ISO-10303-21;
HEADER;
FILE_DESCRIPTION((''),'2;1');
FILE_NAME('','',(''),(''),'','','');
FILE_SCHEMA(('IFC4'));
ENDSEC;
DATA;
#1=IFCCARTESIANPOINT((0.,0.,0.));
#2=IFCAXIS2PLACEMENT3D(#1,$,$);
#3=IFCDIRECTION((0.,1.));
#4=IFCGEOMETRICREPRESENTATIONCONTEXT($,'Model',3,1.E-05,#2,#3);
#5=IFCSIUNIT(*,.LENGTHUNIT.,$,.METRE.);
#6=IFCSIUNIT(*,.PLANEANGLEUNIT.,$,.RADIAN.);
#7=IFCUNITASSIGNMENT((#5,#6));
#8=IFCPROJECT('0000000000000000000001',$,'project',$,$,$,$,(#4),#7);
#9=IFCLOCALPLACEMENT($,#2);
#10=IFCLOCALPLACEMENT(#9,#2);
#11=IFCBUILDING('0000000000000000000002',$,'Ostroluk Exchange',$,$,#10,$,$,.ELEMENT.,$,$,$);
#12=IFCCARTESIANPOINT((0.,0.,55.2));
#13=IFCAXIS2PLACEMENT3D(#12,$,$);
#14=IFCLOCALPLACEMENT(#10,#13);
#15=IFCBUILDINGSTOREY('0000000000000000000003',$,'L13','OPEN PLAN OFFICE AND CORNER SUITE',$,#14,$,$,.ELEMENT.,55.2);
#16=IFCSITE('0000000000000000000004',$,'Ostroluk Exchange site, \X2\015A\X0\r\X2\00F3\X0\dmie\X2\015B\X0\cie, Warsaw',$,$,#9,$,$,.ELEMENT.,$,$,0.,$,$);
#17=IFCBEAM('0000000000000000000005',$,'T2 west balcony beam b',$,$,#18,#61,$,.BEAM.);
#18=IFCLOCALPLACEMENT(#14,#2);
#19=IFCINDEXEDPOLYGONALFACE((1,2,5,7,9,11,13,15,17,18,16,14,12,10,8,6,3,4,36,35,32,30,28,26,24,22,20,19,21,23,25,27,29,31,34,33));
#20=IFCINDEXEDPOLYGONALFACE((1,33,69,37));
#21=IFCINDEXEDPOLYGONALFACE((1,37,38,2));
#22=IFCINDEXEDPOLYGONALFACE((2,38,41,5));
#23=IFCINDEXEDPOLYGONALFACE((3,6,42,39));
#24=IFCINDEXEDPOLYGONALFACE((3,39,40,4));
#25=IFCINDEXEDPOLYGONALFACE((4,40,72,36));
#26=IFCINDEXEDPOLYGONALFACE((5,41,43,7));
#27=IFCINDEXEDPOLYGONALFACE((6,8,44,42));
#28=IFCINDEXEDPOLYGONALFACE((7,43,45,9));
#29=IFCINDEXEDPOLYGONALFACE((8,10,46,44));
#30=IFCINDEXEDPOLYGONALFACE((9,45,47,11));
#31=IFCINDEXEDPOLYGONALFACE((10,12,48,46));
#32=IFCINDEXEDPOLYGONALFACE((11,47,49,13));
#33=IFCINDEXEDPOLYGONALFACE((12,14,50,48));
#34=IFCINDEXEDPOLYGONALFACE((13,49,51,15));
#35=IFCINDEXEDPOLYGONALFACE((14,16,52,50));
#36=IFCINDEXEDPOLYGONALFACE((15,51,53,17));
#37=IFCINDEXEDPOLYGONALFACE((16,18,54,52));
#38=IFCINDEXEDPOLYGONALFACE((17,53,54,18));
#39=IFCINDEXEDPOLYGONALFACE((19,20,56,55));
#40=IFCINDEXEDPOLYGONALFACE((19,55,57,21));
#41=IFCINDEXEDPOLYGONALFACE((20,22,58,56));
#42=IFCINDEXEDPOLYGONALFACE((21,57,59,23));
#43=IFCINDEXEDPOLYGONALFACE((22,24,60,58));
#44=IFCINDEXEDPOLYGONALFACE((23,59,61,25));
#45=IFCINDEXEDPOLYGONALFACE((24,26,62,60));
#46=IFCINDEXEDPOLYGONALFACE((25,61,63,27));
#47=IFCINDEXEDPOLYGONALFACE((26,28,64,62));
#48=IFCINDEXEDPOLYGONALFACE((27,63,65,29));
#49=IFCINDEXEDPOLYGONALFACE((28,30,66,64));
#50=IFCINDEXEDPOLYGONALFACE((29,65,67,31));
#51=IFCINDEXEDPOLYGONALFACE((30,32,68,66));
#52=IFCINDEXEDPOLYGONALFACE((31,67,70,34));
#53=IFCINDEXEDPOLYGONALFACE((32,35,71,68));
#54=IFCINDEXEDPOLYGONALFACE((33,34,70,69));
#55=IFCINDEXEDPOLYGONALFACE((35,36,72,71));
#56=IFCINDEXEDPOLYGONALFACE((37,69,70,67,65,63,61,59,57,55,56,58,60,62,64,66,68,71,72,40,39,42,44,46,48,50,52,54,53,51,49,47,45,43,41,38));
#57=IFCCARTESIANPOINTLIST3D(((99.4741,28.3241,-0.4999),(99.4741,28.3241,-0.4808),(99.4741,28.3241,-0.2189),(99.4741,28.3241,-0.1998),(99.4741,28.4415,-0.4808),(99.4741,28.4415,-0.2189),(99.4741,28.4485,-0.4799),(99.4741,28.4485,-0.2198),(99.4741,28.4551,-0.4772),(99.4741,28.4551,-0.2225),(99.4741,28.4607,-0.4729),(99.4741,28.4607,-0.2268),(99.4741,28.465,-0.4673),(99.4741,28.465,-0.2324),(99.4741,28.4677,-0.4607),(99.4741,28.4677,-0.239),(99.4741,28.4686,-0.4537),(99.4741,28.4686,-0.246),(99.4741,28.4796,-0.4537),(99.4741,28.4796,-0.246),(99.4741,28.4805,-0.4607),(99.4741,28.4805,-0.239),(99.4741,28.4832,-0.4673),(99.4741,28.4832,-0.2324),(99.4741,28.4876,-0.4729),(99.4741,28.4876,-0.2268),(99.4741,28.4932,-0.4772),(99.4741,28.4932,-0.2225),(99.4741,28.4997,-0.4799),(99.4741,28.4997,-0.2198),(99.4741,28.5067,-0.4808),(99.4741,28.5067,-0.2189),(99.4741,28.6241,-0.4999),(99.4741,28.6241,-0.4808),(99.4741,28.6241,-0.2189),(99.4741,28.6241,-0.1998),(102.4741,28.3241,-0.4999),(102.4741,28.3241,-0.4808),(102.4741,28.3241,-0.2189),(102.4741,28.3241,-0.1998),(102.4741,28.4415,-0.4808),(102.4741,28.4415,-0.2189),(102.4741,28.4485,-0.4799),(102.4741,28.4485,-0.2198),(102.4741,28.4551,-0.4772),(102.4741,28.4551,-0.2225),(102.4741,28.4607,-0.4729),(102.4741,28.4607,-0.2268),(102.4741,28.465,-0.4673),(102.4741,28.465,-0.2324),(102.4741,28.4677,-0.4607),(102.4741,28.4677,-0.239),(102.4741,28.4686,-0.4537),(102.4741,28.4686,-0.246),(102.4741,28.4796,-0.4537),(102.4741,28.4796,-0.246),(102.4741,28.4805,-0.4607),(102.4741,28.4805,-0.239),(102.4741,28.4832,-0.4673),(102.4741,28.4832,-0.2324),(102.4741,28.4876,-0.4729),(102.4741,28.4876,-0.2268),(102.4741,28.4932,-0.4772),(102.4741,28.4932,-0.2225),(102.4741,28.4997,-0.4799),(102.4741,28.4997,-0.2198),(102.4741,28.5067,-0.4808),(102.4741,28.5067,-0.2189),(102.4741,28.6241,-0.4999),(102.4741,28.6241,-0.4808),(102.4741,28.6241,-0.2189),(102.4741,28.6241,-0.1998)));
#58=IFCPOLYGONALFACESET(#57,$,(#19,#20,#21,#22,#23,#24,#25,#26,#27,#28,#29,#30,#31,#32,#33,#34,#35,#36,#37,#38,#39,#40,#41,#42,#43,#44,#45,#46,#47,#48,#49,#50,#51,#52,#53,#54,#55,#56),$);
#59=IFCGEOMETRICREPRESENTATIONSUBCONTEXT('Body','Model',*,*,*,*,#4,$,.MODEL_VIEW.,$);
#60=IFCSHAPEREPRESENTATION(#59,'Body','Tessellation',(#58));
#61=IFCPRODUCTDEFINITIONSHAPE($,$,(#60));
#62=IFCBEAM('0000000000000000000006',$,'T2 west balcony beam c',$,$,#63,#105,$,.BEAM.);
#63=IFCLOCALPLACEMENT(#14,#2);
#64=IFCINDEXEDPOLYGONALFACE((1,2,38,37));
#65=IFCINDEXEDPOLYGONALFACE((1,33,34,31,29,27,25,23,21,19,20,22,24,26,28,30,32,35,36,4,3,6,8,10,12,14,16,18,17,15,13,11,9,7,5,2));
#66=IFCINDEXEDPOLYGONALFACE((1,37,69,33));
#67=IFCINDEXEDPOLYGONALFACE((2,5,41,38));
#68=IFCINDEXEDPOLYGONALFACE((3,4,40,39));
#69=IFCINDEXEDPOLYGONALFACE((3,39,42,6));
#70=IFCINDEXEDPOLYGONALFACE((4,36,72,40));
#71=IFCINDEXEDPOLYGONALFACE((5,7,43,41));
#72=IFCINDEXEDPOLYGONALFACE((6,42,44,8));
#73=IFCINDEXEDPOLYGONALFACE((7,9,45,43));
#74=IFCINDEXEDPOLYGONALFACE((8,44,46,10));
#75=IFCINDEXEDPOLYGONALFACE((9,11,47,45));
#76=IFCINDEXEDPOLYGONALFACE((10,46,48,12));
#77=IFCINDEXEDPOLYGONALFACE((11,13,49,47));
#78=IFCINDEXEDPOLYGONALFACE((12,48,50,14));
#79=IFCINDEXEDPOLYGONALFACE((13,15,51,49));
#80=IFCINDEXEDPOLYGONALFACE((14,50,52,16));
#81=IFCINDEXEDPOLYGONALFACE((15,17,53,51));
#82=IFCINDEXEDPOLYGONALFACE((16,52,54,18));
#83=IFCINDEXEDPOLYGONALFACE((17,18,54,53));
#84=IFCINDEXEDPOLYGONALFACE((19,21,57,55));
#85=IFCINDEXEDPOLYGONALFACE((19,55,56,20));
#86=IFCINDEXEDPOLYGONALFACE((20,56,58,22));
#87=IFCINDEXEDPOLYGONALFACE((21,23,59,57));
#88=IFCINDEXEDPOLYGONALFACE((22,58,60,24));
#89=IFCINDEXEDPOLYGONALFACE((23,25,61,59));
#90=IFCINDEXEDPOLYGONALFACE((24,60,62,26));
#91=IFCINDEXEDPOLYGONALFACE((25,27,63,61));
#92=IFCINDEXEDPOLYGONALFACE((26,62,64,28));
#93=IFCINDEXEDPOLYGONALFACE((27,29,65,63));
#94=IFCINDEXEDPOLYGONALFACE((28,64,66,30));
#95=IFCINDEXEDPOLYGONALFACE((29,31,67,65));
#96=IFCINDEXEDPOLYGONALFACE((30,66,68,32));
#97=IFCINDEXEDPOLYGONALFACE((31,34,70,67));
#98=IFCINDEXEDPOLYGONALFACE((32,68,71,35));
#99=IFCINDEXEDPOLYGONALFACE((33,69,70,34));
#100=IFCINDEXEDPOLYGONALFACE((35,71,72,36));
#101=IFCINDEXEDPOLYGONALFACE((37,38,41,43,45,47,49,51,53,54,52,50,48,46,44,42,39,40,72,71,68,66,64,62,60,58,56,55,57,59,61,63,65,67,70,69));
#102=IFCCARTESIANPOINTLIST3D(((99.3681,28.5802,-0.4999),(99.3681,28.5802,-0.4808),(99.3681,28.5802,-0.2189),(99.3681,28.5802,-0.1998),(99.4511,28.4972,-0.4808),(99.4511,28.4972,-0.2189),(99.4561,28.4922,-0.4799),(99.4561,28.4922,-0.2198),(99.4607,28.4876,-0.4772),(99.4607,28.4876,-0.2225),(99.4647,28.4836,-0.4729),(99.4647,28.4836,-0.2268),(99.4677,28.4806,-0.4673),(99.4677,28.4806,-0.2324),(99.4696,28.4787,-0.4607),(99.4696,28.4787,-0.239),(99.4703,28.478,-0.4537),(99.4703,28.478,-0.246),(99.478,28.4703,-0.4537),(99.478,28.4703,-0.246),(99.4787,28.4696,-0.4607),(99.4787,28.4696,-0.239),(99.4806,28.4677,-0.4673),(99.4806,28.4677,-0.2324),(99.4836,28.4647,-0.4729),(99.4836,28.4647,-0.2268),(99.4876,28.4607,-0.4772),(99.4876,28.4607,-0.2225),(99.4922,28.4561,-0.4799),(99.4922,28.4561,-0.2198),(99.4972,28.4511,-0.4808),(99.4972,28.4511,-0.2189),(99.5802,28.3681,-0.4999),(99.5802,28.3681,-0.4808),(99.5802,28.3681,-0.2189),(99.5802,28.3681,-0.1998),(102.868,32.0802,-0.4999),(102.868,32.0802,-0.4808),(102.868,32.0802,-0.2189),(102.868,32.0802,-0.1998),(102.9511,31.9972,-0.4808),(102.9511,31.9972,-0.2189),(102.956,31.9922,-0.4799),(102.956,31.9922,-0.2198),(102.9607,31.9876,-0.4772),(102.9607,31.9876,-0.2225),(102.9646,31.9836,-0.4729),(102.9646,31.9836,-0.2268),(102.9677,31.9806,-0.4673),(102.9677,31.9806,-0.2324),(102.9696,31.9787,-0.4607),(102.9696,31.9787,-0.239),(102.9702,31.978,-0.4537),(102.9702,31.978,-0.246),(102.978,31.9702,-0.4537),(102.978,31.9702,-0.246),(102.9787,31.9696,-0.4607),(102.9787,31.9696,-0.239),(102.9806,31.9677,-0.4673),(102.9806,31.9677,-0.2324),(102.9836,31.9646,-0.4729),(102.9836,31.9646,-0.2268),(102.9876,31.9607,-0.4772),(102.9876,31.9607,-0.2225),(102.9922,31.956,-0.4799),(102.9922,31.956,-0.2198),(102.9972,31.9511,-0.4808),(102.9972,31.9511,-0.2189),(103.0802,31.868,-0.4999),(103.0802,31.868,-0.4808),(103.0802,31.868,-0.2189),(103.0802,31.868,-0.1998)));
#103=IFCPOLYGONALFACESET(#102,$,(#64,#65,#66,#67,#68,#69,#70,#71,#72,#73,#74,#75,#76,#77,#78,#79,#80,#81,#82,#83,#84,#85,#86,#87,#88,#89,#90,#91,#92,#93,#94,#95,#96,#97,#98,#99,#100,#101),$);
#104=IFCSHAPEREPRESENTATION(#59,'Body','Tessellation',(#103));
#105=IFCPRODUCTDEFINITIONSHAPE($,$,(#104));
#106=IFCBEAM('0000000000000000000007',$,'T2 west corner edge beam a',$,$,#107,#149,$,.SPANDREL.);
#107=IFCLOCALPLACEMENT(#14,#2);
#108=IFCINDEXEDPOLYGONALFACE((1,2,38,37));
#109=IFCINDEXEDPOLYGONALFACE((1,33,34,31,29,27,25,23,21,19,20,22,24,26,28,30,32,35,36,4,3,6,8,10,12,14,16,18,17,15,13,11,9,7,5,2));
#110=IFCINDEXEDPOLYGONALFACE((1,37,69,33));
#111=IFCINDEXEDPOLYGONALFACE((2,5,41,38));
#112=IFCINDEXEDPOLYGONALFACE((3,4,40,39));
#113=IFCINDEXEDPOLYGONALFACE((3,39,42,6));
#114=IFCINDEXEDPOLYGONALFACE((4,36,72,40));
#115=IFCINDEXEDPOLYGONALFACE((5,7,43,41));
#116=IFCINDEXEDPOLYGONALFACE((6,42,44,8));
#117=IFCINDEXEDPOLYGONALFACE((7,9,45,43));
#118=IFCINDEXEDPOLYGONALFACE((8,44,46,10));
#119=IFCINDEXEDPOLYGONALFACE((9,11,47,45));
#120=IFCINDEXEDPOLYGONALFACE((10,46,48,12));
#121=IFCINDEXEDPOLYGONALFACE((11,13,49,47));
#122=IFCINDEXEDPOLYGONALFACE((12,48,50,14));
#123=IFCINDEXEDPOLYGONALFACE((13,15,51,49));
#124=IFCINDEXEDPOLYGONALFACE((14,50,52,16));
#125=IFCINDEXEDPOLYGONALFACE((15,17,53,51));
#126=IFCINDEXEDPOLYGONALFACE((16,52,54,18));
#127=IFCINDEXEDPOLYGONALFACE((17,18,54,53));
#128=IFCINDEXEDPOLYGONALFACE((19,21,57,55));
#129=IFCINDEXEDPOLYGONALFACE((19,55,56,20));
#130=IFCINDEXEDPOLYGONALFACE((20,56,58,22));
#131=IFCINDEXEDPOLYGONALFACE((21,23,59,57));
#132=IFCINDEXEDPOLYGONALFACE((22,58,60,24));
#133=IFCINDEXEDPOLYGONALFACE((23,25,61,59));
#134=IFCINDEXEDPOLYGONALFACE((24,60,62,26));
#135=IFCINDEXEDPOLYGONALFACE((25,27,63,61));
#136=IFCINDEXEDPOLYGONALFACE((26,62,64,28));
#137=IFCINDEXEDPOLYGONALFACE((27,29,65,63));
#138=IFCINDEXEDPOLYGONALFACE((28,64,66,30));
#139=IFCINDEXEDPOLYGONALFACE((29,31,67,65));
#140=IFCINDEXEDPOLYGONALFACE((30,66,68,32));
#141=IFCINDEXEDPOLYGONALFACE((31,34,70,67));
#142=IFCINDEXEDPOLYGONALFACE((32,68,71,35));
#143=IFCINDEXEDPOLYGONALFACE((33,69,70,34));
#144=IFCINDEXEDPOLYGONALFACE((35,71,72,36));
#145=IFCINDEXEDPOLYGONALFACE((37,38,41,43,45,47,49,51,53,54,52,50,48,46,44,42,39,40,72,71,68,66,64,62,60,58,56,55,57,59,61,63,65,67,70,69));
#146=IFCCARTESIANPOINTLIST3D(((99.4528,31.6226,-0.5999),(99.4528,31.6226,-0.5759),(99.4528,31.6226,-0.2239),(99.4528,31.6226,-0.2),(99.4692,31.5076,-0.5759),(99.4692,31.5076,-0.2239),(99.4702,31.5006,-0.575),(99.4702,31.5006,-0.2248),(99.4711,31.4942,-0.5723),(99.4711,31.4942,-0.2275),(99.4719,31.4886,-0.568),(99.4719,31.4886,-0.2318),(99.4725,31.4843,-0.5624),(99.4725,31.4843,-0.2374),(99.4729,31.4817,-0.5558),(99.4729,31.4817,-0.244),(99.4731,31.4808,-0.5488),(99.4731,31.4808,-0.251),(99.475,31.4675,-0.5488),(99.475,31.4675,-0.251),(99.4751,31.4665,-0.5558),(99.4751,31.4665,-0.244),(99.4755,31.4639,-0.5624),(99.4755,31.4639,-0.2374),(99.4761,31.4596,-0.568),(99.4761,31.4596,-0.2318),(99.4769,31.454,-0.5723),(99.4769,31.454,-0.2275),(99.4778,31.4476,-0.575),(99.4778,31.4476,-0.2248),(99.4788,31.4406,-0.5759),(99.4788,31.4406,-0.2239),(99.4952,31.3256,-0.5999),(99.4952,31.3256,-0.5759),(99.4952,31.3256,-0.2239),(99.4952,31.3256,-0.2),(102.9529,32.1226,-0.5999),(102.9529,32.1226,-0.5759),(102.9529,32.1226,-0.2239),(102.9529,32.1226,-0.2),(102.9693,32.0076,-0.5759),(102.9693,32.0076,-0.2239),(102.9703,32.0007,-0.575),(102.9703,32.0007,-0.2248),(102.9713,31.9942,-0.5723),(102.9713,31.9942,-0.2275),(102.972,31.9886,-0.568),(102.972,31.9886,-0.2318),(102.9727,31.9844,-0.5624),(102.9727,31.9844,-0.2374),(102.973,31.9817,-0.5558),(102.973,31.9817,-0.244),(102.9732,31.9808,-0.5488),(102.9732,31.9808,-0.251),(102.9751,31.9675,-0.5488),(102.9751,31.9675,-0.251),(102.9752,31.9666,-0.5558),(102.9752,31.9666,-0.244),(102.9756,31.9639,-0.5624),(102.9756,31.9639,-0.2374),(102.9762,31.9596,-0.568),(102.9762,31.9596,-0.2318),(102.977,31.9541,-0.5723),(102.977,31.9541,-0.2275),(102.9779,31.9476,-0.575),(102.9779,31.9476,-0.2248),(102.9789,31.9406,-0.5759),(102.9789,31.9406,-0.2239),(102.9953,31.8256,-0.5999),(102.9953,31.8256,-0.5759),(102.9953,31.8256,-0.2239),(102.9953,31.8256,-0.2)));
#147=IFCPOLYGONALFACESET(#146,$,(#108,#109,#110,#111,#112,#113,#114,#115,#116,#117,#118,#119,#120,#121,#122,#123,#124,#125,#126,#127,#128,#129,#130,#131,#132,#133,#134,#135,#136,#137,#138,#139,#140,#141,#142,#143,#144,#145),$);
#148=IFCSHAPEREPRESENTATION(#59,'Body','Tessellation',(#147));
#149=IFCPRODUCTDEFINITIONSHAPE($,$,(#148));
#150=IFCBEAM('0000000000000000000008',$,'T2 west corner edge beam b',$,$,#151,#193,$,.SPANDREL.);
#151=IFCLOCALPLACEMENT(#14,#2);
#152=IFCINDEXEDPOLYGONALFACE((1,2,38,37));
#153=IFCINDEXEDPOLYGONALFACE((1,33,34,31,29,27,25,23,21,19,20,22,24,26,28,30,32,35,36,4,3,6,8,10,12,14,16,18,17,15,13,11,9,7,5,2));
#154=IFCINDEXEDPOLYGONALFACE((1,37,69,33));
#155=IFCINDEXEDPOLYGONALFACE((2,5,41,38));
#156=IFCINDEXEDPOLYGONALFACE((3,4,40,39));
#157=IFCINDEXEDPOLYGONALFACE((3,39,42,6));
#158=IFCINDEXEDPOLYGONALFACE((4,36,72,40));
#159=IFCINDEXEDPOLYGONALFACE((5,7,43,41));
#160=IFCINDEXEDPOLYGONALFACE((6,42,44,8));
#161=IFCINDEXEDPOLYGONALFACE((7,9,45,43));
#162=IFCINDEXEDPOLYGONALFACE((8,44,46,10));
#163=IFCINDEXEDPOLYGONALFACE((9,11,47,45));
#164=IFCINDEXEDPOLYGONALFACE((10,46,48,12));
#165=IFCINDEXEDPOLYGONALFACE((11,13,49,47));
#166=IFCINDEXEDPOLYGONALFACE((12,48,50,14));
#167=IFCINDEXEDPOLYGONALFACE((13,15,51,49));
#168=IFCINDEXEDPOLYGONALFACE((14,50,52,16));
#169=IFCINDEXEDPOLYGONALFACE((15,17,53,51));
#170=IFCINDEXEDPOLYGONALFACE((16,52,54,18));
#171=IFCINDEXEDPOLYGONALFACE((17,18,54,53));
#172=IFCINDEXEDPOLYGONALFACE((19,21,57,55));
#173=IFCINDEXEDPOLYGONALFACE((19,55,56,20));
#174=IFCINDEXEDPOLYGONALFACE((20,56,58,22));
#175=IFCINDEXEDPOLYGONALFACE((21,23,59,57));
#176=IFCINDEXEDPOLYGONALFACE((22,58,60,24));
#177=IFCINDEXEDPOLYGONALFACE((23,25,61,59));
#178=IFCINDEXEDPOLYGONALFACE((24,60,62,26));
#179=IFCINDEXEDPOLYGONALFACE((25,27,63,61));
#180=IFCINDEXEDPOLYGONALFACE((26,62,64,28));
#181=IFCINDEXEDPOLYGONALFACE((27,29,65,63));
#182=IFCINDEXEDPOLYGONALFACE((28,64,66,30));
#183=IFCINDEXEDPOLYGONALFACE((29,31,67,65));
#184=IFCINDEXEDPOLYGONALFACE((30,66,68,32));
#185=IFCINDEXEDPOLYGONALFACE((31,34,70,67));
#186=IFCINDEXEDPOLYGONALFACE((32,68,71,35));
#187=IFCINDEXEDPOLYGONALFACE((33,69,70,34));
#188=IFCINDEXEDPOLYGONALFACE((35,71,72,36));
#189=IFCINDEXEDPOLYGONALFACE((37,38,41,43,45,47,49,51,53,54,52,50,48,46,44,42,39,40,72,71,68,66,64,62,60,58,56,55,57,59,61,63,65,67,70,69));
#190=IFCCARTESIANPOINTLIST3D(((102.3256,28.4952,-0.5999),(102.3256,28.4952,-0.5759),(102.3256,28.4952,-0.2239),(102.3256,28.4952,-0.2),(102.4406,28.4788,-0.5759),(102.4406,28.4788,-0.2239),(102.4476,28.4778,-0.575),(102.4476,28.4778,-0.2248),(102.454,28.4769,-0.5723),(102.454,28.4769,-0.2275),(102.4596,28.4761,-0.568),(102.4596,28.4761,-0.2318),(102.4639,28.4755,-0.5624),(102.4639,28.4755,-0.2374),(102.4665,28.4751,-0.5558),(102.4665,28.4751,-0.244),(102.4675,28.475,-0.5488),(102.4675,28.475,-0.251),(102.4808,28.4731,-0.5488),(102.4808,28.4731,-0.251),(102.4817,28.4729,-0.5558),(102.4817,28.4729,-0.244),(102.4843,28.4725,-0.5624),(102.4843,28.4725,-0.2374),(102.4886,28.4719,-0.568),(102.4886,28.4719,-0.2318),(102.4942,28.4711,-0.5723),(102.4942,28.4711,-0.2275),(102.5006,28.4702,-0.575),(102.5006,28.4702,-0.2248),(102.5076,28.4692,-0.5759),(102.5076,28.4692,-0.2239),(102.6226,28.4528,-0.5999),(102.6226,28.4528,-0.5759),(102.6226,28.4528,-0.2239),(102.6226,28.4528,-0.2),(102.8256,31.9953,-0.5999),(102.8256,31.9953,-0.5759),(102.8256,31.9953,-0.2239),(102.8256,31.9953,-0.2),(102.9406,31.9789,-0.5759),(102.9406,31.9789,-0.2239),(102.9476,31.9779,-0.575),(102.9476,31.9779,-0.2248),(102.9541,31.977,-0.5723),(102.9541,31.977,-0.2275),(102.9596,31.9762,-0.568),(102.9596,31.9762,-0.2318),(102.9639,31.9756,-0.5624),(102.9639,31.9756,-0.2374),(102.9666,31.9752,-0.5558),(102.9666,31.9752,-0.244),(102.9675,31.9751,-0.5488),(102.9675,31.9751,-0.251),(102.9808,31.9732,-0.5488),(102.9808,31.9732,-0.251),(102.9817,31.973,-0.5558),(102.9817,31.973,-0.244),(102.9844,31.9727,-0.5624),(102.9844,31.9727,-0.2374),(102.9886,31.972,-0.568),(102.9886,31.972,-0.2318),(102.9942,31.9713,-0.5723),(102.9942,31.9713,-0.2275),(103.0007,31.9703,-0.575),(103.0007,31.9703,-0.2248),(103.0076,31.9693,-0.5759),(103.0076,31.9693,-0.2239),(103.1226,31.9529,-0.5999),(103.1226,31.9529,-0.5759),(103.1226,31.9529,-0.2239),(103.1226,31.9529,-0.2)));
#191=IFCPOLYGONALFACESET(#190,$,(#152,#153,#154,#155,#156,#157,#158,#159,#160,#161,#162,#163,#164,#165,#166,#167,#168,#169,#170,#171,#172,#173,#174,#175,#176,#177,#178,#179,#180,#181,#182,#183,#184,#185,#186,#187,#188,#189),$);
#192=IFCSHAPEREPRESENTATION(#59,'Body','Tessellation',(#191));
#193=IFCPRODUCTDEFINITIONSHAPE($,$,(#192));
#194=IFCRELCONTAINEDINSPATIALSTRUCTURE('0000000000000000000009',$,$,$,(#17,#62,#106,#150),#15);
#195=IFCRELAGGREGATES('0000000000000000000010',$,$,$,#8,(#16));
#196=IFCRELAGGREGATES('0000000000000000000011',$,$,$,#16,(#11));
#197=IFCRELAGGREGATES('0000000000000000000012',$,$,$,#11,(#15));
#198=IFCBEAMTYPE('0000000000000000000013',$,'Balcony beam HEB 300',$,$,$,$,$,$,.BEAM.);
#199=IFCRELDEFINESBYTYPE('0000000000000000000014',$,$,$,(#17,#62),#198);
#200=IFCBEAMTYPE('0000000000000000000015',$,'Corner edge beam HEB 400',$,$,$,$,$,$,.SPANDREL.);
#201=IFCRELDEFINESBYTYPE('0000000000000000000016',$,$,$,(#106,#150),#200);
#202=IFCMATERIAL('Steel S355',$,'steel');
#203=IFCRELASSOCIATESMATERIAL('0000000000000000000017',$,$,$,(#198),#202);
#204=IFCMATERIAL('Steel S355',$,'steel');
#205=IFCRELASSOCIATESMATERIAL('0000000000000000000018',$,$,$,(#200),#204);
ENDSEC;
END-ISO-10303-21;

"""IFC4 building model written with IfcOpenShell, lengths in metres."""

from ifc_helpers import new_model, si_unit, direction, frame, origin, origin_2d, place, context, subcontext, project, spatial, i_section, extrude, material, material_profile, profile_set, type_object, element, save


model = new_model("IFC4")

# Units and contexts
model_context = context("Model", 3, precision=1e-05, world=origin(), true_north=direction((0.0, 1.0)))
body_context = subcontext(model_context, "Body", "Model", "MODEL_VIEW")
ifc_project = project(units=[si_unit("LENGTHUNIT", "METRE"), si_unit("PLANEANGLEUNIT", "RADIAN")], contexts=[model_context])

# Site, building, storey
site_placement = place(None, origin())
site = spatial("IfcSite", under=ifc_project, at=site_placement, Name="Ostroluk Exchange site, Śródmieście, Warsaw", CompositionType="ELEMENT", RefElevation=0.0)
building_placement = place(site_placement, origin())
building = spatial("IfcBuilding", under=site, at=building_placement, Name="Ostroluk Exchange", CompositionType="ELEMENT")
storey_placement = place(building_placement, frame((0.0, 0.0, 55.2)))
storey = spatial("IfcBuildingStorey", under=building, at=storey_placement, Name="L13", Description="OPEN PLAN OFFICE AND CORNER SUITE", CompositionType="ELEMENT", Elevation=55.2)

# Beams
ifc_material_1 = material(Name="Steel S355", Category="steel")
ifc_material_profile_1 = material_profile(ifc_material_1, i_section(OverallWidth=0.3, OverallDepth=0.3, WebThickness=0.011, FlangeThickness=0.019, FilletRadius=0.0271, at=origin_2d()), Name="HEB 300")
ifc_profile_set_1 = profile_set([ifc_material_profile_1], Name="Steel S355")
beam_type_1 = type_object("IfcBeamType", Name="Balcony beam HEB 300", PredefinedType="BEAM", material=ifc_profile_set_1)
beam_1_placement = place(storey_placement, frame((102.4741, 28.4741, -0.3499), z_axis=(-1.0, 0.0, 0.0), x_axis=(0.0, -1.0, 0.0)))
element("IfcBeam", 1, at=beam_1_placement, inside=storey, type_object=beam_type_1, Name="T2 west balcony beam b", PredefinedType="BEAM", context=body_context, shape_type="SweptSolid", body=[
    extrude(i_section(OverallWidth=0.3, OverallDepth=0.3, WebThickness=0.011, FlangeThickness=0.019, FilletRadius=0.0271, at=origin_2d()), origin(), (0.0, 0.0, 1.0), 3.0),
])
beam_2_placement = place(storey_placement, frame((102.9741, 31.9741, -0.3499), z_axis=(-0.707107, -0.707107, 0.0), x_axis=(0.707107, -0.707107, 0.0)))
element("IfcBeam", 2, at=beam_2_placement, inside=storey, type_object=beam_type_1, Name="T2 west balcony beam c", PredefinedType="BEAM", context=body_context, shape_type="SweptSolid", body=[
    extrude(i_section(OverallWidth=0.3, OverallDepth=0.3, WebThickness=0.011, FlangeThickness=0.019, FilletRadius=0.0271, at=origin_2d()), origin(), (0.0, 0.0, 1.0), 4.9497),
])
ifc_material_2 = material(Name="Steel S355", Category="steel")
ifc_material_profile_2 = material_profile(ifc_material_2, i_section(OverallWidth=0.3, OverallDepth=0.3999, WebThickness=0.0134, FlangeThickness=0.0239, FilletRadius=0.0271, at=origin_2d()), Name="HEB 400")
ifc_profile_set_2 = profile_set([ifc_material_profile_2], Name="Steel S355")
beam_type_2 = type_object("IfcBeamType", Name="Corner edge beam HEB 400", PredefinedType="SPANDREL", material=ifc_profile_set_2)
for number, where, z_axis, x_axis, name in (
    (3, (102.9741, 31.9741, -0.3999), (-0.989949, -0.141421, 0.0), (0.141421, -0.989949, 0.0), "T2 west corner edge beam a"),
    (4, (102.9741, 31.9741, -0.3999), (-0.141421, -0.989949, 0.0), (0.989949, -0.141421, 0.0), "T2 west corner edge beam b"),
):
    element("IfcBeam", number, at=place(storey_placement, frame(where, z_axis=z_axis, x_axis=x_axis)), inside=storey, type_object=beam_type_2, Name=name, PredefinedType="SPANDREL", context=body_context, shape_type="SweptSolid", body=[
        extrude(i_section(OverallWidth=0.3, OverallDepth=0.3999, WebThickness=0.0134, FlangeThickness=0.0239, FilletRadius=0.0271, at=origin_2d()), origin(), (0.0, 0.0, 1.0), 3.5356),
    ])

save(model, "model.ifc")
